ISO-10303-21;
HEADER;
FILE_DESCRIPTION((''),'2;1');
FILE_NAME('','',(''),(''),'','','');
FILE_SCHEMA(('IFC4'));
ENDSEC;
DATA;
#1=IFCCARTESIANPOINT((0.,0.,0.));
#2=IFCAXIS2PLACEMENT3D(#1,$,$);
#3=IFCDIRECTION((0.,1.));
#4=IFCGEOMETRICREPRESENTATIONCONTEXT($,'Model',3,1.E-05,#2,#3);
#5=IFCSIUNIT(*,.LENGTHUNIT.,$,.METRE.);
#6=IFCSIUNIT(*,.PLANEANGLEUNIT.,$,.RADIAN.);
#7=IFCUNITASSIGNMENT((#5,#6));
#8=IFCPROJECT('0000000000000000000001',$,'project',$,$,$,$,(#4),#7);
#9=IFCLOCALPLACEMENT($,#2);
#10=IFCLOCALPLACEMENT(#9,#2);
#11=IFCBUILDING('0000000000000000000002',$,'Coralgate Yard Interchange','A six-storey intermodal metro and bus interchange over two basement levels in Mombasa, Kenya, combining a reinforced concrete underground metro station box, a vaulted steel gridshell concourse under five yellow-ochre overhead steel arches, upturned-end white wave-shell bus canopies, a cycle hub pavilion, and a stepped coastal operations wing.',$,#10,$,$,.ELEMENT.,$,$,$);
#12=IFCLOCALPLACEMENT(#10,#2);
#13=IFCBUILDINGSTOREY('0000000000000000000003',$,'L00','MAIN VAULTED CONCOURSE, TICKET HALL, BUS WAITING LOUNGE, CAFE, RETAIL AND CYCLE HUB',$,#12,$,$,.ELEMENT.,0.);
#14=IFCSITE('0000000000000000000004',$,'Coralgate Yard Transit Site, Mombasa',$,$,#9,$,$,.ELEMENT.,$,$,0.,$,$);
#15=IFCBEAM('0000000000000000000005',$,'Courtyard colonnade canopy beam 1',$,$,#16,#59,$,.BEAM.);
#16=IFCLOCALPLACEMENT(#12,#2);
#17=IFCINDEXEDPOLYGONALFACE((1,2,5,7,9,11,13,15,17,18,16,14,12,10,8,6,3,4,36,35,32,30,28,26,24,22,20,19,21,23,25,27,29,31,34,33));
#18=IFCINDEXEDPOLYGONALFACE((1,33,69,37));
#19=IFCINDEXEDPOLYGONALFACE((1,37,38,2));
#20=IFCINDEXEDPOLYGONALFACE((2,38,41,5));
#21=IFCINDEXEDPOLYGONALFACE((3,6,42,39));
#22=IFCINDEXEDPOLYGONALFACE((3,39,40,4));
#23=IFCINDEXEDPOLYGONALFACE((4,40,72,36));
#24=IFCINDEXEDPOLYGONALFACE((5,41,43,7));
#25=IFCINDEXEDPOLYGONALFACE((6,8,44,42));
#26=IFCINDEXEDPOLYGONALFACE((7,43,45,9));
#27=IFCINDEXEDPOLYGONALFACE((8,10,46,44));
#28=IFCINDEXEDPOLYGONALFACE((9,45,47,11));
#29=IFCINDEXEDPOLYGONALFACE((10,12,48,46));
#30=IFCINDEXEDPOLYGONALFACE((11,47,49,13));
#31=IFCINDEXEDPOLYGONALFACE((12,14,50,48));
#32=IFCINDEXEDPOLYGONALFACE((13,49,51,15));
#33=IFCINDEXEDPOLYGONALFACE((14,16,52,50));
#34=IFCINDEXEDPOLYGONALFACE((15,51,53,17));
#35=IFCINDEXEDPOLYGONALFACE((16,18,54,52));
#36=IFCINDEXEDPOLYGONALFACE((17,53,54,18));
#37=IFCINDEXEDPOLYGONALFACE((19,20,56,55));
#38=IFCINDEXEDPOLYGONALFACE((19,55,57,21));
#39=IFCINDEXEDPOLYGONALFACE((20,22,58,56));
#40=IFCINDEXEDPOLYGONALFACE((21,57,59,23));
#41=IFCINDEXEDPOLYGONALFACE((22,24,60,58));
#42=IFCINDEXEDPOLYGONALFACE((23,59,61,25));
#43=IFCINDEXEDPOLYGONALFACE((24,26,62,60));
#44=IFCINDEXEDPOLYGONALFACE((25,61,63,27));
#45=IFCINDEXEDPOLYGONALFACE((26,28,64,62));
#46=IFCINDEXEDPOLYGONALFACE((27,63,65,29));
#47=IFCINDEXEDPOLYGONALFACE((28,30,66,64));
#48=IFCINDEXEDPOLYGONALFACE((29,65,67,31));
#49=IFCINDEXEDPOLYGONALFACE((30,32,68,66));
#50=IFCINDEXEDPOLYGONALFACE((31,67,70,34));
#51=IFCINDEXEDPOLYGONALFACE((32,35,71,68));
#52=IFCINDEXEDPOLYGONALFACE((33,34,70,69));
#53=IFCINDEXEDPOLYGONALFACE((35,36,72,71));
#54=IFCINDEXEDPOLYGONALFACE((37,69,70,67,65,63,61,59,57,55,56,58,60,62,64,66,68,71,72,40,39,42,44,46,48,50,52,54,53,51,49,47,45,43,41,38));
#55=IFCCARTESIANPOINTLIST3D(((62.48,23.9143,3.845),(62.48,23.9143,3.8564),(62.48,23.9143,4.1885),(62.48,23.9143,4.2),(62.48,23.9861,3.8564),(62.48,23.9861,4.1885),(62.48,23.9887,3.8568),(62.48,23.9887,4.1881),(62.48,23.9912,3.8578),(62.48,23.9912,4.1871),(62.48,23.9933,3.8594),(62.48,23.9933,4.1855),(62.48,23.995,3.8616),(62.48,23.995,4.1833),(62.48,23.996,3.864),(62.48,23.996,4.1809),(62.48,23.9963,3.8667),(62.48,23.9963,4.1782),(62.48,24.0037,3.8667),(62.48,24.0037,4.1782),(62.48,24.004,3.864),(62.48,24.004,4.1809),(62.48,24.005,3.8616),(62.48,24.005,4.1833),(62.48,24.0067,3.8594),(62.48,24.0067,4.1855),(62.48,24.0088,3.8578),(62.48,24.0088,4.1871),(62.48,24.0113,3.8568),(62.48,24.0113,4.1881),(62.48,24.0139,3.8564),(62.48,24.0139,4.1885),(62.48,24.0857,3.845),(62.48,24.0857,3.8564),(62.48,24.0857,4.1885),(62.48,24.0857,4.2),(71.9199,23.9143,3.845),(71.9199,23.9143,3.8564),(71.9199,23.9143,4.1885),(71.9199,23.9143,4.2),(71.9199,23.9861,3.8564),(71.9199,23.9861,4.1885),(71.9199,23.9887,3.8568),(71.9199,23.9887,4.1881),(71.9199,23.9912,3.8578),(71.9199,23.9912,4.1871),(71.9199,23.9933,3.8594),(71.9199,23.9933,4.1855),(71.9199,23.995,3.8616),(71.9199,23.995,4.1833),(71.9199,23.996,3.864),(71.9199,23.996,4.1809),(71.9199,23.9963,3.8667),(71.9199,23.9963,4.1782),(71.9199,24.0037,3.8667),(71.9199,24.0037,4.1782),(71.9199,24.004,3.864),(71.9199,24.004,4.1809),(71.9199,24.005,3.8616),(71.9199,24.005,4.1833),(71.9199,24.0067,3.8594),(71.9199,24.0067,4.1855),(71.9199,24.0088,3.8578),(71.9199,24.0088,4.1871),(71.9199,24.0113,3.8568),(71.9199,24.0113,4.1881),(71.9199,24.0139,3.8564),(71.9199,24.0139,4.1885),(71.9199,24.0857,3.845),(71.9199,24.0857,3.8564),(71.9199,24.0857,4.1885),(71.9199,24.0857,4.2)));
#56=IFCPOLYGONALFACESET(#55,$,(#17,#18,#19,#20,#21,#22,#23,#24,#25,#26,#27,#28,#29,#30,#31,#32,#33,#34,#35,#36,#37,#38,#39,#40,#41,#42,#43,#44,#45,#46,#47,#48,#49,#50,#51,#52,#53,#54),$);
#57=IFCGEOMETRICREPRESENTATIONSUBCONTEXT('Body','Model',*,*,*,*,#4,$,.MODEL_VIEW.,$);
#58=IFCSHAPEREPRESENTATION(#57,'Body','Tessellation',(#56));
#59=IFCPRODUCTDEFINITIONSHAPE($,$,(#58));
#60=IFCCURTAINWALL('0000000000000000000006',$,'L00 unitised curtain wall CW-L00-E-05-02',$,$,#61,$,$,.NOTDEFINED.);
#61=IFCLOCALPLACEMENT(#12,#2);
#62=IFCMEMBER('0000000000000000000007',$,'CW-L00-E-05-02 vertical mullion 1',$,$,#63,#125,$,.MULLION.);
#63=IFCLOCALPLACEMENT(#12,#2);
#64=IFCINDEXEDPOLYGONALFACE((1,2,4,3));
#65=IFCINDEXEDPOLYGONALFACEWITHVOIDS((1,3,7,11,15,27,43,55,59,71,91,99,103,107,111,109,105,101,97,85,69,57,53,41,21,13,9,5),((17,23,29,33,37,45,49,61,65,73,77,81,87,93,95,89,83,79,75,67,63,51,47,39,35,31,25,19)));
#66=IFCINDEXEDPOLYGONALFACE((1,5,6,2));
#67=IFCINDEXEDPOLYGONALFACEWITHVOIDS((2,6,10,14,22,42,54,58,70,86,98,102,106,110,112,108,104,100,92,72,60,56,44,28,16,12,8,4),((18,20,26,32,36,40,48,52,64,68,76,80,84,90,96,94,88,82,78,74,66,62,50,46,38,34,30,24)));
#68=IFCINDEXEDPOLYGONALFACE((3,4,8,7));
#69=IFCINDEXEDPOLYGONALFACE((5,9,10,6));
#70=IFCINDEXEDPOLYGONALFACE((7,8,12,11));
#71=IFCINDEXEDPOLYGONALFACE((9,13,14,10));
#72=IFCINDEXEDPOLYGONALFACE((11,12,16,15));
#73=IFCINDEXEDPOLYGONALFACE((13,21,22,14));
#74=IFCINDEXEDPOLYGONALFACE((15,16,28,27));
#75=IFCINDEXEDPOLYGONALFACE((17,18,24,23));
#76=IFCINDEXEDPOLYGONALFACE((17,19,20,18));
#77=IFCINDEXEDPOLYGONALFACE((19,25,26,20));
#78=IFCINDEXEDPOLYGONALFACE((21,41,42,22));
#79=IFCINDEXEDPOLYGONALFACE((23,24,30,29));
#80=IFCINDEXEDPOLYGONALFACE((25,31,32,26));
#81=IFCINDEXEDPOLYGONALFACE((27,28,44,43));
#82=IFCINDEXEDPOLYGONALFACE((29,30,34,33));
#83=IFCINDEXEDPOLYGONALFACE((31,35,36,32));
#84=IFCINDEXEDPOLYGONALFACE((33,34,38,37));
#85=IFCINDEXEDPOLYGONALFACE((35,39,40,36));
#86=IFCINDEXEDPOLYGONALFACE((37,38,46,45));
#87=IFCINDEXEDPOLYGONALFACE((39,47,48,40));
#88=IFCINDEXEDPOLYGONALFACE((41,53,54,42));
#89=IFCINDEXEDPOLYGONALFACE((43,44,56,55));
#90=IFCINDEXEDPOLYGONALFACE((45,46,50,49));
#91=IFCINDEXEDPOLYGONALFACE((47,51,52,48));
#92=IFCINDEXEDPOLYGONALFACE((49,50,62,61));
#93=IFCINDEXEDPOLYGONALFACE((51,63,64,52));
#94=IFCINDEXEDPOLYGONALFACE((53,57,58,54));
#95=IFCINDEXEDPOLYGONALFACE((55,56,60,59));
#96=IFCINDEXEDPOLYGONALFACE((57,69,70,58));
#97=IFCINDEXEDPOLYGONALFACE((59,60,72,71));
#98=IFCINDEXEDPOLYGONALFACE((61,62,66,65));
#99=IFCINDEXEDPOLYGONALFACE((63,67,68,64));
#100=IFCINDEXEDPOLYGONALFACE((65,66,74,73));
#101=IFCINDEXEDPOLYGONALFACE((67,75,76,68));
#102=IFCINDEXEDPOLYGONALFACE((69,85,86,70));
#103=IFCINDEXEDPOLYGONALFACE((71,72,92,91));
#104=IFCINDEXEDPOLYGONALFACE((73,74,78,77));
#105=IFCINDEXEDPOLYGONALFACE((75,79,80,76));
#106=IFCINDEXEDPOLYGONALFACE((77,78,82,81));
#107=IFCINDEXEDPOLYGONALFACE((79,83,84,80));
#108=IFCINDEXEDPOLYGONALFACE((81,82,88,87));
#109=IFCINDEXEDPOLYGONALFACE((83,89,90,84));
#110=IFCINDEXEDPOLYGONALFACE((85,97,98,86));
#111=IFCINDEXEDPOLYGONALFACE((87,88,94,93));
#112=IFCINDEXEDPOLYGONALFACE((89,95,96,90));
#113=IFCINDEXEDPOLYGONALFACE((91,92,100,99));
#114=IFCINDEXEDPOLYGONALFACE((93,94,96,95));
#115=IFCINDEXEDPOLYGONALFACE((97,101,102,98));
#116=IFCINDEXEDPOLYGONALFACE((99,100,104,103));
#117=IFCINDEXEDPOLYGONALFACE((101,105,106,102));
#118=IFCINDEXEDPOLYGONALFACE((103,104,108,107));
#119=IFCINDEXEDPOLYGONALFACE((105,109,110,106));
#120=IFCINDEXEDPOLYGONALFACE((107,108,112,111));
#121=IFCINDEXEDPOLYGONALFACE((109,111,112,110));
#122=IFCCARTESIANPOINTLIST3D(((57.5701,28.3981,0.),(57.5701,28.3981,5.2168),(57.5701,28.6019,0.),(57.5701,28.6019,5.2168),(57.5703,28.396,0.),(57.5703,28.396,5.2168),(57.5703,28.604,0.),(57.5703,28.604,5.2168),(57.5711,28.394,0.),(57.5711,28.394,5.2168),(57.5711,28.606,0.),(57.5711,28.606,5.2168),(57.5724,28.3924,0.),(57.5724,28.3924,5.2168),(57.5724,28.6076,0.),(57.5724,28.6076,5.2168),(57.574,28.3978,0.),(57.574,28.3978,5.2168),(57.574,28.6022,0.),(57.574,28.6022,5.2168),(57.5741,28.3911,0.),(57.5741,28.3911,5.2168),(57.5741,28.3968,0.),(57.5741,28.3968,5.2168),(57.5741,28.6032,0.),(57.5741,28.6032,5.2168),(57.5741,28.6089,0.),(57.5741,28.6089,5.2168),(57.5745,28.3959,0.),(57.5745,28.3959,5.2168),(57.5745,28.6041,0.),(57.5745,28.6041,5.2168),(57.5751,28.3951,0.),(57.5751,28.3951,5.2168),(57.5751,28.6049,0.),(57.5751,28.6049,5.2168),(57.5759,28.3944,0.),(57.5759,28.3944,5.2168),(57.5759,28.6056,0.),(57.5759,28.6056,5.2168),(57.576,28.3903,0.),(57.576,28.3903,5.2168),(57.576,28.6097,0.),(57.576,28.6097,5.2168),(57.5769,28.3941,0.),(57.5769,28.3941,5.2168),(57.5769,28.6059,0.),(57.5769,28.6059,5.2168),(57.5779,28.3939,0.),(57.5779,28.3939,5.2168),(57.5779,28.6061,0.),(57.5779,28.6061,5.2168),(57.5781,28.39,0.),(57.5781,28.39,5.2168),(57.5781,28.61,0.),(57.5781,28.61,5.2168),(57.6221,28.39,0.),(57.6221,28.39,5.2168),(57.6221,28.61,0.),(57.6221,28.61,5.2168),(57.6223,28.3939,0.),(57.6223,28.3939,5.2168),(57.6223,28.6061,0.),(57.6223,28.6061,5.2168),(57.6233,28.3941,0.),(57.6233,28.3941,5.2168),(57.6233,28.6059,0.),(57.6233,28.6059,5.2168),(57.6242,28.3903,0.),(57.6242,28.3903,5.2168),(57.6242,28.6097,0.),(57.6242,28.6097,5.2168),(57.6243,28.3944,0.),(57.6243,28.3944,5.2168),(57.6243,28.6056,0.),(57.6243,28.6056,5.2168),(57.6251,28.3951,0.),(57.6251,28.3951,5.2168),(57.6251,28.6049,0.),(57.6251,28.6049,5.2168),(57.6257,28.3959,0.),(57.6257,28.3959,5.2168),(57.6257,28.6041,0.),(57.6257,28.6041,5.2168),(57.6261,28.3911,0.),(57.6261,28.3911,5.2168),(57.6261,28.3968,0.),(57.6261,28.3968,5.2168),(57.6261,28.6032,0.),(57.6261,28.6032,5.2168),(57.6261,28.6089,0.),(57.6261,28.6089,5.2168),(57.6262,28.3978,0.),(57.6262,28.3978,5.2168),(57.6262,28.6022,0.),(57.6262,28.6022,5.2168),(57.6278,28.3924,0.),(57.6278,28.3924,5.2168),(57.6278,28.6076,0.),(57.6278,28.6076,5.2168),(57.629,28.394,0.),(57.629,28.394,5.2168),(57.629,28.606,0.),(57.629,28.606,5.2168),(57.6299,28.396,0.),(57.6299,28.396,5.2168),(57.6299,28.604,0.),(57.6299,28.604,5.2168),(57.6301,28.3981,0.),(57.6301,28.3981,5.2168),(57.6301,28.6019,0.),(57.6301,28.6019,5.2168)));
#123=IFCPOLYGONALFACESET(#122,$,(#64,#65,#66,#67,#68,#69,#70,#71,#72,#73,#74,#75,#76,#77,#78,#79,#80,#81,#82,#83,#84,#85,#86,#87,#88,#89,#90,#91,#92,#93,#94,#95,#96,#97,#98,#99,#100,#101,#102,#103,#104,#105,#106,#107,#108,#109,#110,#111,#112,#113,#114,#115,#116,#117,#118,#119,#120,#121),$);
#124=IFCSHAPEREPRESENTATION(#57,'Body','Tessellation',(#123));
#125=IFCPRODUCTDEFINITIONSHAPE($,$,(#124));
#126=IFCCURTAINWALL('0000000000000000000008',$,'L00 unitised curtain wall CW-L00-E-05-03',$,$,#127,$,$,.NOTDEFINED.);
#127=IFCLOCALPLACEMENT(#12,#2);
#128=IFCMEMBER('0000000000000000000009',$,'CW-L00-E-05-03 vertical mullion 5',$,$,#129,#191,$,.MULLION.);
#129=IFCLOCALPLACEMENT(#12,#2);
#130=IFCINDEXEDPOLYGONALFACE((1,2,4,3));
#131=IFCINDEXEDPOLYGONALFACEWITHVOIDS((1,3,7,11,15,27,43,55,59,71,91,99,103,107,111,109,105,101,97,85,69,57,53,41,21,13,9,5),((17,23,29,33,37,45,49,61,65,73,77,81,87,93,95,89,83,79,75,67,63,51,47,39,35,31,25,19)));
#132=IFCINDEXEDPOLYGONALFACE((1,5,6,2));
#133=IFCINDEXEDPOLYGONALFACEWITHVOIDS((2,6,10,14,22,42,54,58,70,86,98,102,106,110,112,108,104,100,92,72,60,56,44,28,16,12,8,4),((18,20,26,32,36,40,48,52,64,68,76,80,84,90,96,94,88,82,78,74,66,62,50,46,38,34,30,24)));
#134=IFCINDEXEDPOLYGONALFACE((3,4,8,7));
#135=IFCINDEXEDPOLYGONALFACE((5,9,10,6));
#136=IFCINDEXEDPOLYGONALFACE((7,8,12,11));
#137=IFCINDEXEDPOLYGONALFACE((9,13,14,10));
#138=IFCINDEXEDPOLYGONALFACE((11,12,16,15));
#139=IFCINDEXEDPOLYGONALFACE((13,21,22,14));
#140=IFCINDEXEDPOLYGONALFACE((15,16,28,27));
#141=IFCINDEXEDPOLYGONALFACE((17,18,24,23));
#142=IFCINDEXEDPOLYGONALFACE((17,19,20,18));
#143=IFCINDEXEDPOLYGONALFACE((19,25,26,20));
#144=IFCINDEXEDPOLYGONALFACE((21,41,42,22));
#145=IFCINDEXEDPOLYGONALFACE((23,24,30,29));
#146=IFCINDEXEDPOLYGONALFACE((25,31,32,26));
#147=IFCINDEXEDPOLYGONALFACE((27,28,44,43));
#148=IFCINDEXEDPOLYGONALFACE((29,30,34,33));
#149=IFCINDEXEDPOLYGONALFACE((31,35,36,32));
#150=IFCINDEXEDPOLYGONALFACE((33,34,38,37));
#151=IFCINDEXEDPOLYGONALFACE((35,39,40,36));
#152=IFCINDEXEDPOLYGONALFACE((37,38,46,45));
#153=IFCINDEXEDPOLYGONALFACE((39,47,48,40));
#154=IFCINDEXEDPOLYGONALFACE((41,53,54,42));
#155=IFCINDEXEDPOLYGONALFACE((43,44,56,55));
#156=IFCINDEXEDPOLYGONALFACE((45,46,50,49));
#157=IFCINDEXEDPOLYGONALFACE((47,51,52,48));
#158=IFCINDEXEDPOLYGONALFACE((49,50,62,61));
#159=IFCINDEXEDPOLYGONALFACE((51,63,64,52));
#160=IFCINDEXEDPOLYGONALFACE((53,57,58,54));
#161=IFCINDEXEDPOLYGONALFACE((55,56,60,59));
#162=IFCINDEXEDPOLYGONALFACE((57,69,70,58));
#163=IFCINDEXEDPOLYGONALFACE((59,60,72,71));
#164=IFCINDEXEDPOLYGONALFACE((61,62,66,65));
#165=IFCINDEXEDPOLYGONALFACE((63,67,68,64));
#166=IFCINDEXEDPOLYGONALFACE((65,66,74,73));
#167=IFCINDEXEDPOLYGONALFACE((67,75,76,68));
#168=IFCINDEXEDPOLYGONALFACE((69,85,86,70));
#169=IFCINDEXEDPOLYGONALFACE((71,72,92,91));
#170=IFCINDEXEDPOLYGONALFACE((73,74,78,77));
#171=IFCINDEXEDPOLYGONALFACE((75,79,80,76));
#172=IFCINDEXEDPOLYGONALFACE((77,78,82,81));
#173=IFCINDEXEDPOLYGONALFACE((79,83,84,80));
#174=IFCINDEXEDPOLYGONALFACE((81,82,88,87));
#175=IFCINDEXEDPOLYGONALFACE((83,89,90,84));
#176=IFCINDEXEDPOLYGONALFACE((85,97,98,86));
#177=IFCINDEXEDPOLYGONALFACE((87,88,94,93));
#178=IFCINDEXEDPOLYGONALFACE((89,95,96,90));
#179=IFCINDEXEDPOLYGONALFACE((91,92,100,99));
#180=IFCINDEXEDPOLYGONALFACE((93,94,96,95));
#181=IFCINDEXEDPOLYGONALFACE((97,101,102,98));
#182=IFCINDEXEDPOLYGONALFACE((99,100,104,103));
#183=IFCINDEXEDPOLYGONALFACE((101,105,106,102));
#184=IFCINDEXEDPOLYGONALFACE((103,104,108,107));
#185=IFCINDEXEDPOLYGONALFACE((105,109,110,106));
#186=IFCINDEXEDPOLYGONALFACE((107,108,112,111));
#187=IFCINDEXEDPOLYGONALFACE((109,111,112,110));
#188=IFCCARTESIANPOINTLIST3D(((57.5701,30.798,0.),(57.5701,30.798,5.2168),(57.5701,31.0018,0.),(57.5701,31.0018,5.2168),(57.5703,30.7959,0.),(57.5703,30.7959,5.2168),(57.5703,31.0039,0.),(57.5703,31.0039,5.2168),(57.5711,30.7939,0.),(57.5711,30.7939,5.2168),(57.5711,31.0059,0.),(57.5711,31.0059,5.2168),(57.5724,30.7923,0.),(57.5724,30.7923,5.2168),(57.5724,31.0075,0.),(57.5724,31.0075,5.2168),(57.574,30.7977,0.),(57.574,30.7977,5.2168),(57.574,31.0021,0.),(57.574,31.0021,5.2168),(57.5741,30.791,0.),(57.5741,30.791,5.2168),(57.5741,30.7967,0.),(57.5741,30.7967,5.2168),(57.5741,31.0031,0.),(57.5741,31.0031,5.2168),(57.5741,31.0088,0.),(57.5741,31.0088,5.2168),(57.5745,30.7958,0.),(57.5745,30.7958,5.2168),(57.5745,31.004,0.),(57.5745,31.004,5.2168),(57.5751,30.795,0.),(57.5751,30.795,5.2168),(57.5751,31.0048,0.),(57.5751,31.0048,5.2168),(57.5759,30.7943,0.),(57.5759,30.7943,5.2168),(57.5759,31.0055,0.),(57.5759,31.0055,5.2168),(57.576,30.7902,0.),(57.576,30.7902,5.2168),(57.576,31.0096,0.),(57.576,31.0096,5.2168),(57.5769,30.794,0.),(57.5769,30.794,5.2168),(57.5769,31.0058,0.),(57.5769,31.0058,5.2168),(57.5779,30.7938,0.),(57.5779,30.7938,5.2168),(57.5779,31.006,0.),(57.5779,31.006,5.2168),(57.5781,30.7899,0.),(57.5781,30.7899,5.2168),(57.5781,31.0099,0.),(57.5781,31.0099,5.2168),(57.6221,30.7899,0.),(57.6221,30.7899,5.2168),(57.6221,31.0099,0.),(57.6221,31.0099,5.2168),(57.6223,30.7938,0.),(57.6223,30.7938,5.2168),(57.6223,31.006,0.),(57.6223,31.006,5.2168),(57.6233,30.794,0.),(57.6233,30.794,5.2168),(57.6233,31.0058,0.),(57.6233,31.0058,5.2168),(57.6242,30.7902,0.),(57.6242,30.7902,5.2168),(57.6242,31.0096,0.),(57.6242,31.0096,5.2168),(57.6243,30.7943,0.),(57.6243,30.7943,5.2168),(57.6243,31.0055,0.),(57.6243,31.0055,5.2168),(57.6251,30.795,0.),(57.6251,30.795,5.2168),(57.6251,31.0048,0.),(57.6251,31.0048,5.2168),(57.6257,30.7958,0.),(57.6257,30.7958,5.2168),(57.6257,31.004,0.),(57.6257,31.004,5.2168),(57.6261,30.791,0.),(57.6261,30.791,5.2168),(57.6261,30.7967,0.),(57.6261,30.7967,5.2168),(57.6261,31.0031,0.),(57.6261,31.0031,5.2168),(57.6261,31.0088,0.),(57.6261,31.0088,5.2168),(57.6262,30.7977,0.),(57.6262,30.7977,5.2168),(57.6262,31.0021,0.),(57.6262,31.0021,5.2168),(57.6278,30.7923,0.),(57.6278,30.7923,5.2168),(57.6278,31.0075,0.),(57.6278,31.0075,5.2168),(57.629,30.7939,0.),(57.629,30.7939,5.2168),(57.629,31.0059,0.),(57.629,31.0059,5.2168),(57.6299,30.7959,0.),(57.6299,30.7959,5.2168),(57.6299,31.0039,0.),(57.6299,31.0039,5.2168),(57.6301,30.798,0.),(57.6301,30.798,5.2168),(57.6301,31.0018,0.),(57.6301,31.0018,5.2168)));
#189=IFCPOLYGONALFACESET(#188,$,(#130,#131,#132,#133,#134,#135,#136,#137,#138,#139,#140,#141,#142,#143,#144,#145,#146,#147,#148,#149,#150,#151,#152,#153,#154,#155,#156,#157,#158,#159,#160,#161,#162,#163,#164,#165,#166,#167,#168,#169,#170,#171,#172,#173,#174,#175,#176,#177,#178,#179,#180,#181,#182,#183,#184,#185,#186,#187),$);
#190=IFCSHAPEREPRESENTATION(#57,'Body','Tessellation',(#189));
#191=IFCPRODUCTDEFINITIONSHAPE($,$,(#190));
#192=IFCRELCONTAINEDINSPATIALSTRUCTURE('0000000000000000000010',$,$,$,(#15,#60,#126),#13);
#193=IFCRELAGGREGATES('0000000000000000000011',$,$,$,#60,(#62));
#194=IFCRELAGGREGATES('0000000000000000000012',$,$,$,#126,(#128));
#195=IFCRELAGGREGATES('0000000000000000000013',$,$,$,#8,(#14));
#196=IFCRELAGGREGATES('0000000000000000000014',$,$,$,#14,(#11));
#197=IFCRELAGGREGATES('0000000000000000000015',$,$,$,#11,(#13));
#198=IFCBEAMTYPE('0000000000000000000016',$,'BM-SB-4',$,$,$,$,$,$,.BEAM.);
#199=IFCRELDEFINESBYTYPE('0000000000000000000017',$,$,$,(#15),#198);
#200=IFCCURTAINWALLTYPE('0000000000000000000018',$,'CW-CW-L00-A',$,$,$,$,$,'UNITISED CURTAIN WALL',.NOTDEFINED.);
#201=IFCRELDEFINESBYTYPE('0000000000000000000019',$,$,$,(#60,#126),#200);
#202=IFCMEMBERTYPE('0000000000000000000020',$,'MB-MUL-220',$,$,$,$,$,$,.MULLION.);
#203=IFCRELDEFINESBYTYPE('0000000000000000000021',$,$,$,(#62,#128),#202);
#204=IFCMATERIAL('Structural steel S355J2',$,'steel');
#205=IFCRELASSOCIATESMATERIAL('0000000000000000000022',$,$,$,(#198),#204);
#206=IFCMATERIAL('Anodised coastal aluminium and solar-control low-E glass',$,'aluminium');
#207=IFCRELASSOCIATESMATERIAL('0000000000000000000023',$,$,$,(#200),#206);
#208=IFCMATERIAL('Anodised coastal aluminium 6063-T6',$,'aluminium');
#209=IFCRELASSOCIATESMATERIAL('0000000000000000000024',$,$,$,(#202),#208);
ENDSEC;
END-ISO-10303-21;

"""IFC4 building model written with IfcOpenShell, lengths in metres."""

from ifc_helpers import new_model, si_unit, direction, frame, origin, origin_2d, place, context, subcontext, project, spatial, hollow_rectangle, i_section, extrude, material, material_profile, profile_set, type_object, element, aggregate, save


model = new_model("IFC4")

# Units and contexts
model_context = context("Model", 3, precision=1e-05, world=origin(), true_north=direction((0.0, 1.0)))
body_context = subcontext(model_context, "Body", "Model", "MODEL_VIEW")
ifc_project = project(units=[si_unit("LENGTHUNIT", "METRE"), si_unit("PLANEANGLEUNIT", "RADIAN")], contexts=[model_context])

# Site, building, storey
site_placement = place(None, origin())
site = spatial("IfcSite", under=ifc_project, at=site_placement, Name="Coralgate Yard Transit Site, Mombasa", CompositionType="ELEMENT", RefElevation=0.0)
building_placement = place(site_placement, origin())
building = spatial("IfcBuilding", under=site, at=building_placement, Name="Coralgate Yard Interchange", Description="A six-storey intermodal metro and bus interchange over two basement levels in Mombasa, Kenya, combining a reinforced concrete underground metro station box, a vaulted steel gridshell concourse under five yellow-ochre overhead steel arches, upturned-end white wave-shell bus canopies, a cycle hub pavilion, and a stepped coastal operations wing.", CompositionType="ELEMENT")
storey_placement = place(building_placement, origin())
storey = spatial("IfcBuildingStorey", under=building, at=storey_placement, Name="L00", Description="MAIN VAULTED CONCOURSE, TICKET HALL, BUS WAITING LOUNGE, CAFE, RETAIL AND CYCLE HUB", CompositionType="ELEMENT", Elevation=0.0)

# Shared definitions
ifc_material_1 = material(Name="Structural steel S355J2", Category="steel")

# Beam
ifc_material_profile_1 = material_profile(ifc_material_1, i_section(OverallWidth=0.1714, OverallDepth=0.355, WebThickness=0.0073, FlangeThickness=0.0115, FilletRadius=0.0103, at=origin_2d()), Name="UB 356x171x51")
ifc_profile_set_1 = profile_set([ifc_material_profile_1], Name="Structural steel S355J2")
beam_type_1 = type_object("IfcBeamType", Name="BM-SB-4", PredefinedType="BEAM", material=ifc_profile_set_1)
beam_1_placement = place(storey_placement, frame((62.48, 24.0, 4.0225), z_axis=(1.0, 0.0, 0.0), x_axis=(0.0, 1.0, 0.0)))
element("IfcBeam", 1, at=beam_1_placement, inside=storey, type_object=beam_type_1, Name="Courtyard colonnade canopy beam 1", PredefinedType="BEAM", context=body_context, shape_type="SweptSolid", body=[
    extrude(i_section(OverallWidth=0.1714, OverallDepth=0.355, WebThickness=0.0073, FlangeThickness=0.0115, FilletRadius=0.0103, at=origin_2d()), origin(), (0.0, 0.0, 1.0), 9.4399),
])

# Curtain wall, member
ifc_material_2 = material(Name="Anodised coastal aluminium and solar-control low-E glass", Category="aluminium")
curtain_wall_type_1 = type_object("IfcCurtainWallType", Name="CW-CW-L00-A", ElementType="UNITISED CURTAIN WALL", PredefinedType="NOTDEFINED", material=ifc_material_2)
curtain_wall_1_placement = place(storey_placement, origin())
curtain_wall_1 = element("IfcCurtainWall", 2, at=curtain_wall_1_placement, inside=storey, type_object=curtain_wall_type_1, Name="L00 unitised curtain wall CW-L00-E-05-02", PredefinedType="NOTDEFINED")
ifc_material_3 = material(Name="Anodised coastal aluminium 6063-T6", Category="aluminium")
ifc_material_profile_2 = material_profile(ifc_material_3, hollow_rectangle(XDim=0.0601, YDim=0.22, WallThickness=0.0039, InnerFilletRadius=0.0039, OuterFilletRadius=0.0081, at=origin_2d()), Name="ALU 60x220x4")
ifc_profile_set_2 = profile_set([ifc_material_profile_2], Name="Anodised coastal aluminium 6063-T6")
member_type_1 = type_object("IfcMemberType", Name="MB-MUL-220", PredefinedType="MULLION", material=ifc_profile_set_2)
member_1_placement = place(storey_placement, frame((57.6001, 28.5, 0.0), z_axis=(0.0, 0.0, 1.0), x_axis=(1.0, 0.0, 0.0)))
member_1 = element("IfcMember", 3, at=member_1_placement, type_object=member_type_1, Name="CW-L00-E-05-02 vertical mullion 1", PredefinedType="MULLION", context=body_context, shape_type="SweptSolid", body=[
    extrude(hollow_rectangle(XDim=0.0601, YDim=0.22, WallThickness=0.0039, InnerFilletRadius=0.0039, OuterFilletRadius=0.0081, at=origin_2d()), origin(), (0.0, 0.0, 1.0), 5.2168),
])

# Curtain wall, member
curtain_wall_2_placement = place(storey_placement, origin())
curtain_wall_2 = element("IfcCurtainWall", 4, at=curtain_wall_2_placement, inside=storey, type_object=curtain_wall_type_1, Name="L00 unitised curtain wall CW-L00-E-05-03", PredefinedType="NOTDEFINED")
member_2_placement = place(storey_placement, frame((57.6001, 30.8999, 0.0), z_axis=(0.0, 0.0, 1.0), x_axis=(1.0, 0.0, 0.0)))
member_2 = element("IfcMember", 5, at=member_2_placement, type_object=member_type_1, Name="CW-L00-E-05-03 vertical mullion 5", PredefinedType="MULLION", context=body_context, shape_type="SweptSolid", body=[
    extrude(hollow_rectangle(XDim=0.0601, YDim=0.22, WallThickness=0.0039, InnerFilletRadius=0.0039, OuterFilletRadius=0.0081, at=origin_2d()), origin(), (0.0, 0.0, 1.0), 5.2168),
])

aggregate(curtain_wall_1, [member_1])
aggregate(curtain_wall_2, [member_2])

save(model, "model.ifc")
